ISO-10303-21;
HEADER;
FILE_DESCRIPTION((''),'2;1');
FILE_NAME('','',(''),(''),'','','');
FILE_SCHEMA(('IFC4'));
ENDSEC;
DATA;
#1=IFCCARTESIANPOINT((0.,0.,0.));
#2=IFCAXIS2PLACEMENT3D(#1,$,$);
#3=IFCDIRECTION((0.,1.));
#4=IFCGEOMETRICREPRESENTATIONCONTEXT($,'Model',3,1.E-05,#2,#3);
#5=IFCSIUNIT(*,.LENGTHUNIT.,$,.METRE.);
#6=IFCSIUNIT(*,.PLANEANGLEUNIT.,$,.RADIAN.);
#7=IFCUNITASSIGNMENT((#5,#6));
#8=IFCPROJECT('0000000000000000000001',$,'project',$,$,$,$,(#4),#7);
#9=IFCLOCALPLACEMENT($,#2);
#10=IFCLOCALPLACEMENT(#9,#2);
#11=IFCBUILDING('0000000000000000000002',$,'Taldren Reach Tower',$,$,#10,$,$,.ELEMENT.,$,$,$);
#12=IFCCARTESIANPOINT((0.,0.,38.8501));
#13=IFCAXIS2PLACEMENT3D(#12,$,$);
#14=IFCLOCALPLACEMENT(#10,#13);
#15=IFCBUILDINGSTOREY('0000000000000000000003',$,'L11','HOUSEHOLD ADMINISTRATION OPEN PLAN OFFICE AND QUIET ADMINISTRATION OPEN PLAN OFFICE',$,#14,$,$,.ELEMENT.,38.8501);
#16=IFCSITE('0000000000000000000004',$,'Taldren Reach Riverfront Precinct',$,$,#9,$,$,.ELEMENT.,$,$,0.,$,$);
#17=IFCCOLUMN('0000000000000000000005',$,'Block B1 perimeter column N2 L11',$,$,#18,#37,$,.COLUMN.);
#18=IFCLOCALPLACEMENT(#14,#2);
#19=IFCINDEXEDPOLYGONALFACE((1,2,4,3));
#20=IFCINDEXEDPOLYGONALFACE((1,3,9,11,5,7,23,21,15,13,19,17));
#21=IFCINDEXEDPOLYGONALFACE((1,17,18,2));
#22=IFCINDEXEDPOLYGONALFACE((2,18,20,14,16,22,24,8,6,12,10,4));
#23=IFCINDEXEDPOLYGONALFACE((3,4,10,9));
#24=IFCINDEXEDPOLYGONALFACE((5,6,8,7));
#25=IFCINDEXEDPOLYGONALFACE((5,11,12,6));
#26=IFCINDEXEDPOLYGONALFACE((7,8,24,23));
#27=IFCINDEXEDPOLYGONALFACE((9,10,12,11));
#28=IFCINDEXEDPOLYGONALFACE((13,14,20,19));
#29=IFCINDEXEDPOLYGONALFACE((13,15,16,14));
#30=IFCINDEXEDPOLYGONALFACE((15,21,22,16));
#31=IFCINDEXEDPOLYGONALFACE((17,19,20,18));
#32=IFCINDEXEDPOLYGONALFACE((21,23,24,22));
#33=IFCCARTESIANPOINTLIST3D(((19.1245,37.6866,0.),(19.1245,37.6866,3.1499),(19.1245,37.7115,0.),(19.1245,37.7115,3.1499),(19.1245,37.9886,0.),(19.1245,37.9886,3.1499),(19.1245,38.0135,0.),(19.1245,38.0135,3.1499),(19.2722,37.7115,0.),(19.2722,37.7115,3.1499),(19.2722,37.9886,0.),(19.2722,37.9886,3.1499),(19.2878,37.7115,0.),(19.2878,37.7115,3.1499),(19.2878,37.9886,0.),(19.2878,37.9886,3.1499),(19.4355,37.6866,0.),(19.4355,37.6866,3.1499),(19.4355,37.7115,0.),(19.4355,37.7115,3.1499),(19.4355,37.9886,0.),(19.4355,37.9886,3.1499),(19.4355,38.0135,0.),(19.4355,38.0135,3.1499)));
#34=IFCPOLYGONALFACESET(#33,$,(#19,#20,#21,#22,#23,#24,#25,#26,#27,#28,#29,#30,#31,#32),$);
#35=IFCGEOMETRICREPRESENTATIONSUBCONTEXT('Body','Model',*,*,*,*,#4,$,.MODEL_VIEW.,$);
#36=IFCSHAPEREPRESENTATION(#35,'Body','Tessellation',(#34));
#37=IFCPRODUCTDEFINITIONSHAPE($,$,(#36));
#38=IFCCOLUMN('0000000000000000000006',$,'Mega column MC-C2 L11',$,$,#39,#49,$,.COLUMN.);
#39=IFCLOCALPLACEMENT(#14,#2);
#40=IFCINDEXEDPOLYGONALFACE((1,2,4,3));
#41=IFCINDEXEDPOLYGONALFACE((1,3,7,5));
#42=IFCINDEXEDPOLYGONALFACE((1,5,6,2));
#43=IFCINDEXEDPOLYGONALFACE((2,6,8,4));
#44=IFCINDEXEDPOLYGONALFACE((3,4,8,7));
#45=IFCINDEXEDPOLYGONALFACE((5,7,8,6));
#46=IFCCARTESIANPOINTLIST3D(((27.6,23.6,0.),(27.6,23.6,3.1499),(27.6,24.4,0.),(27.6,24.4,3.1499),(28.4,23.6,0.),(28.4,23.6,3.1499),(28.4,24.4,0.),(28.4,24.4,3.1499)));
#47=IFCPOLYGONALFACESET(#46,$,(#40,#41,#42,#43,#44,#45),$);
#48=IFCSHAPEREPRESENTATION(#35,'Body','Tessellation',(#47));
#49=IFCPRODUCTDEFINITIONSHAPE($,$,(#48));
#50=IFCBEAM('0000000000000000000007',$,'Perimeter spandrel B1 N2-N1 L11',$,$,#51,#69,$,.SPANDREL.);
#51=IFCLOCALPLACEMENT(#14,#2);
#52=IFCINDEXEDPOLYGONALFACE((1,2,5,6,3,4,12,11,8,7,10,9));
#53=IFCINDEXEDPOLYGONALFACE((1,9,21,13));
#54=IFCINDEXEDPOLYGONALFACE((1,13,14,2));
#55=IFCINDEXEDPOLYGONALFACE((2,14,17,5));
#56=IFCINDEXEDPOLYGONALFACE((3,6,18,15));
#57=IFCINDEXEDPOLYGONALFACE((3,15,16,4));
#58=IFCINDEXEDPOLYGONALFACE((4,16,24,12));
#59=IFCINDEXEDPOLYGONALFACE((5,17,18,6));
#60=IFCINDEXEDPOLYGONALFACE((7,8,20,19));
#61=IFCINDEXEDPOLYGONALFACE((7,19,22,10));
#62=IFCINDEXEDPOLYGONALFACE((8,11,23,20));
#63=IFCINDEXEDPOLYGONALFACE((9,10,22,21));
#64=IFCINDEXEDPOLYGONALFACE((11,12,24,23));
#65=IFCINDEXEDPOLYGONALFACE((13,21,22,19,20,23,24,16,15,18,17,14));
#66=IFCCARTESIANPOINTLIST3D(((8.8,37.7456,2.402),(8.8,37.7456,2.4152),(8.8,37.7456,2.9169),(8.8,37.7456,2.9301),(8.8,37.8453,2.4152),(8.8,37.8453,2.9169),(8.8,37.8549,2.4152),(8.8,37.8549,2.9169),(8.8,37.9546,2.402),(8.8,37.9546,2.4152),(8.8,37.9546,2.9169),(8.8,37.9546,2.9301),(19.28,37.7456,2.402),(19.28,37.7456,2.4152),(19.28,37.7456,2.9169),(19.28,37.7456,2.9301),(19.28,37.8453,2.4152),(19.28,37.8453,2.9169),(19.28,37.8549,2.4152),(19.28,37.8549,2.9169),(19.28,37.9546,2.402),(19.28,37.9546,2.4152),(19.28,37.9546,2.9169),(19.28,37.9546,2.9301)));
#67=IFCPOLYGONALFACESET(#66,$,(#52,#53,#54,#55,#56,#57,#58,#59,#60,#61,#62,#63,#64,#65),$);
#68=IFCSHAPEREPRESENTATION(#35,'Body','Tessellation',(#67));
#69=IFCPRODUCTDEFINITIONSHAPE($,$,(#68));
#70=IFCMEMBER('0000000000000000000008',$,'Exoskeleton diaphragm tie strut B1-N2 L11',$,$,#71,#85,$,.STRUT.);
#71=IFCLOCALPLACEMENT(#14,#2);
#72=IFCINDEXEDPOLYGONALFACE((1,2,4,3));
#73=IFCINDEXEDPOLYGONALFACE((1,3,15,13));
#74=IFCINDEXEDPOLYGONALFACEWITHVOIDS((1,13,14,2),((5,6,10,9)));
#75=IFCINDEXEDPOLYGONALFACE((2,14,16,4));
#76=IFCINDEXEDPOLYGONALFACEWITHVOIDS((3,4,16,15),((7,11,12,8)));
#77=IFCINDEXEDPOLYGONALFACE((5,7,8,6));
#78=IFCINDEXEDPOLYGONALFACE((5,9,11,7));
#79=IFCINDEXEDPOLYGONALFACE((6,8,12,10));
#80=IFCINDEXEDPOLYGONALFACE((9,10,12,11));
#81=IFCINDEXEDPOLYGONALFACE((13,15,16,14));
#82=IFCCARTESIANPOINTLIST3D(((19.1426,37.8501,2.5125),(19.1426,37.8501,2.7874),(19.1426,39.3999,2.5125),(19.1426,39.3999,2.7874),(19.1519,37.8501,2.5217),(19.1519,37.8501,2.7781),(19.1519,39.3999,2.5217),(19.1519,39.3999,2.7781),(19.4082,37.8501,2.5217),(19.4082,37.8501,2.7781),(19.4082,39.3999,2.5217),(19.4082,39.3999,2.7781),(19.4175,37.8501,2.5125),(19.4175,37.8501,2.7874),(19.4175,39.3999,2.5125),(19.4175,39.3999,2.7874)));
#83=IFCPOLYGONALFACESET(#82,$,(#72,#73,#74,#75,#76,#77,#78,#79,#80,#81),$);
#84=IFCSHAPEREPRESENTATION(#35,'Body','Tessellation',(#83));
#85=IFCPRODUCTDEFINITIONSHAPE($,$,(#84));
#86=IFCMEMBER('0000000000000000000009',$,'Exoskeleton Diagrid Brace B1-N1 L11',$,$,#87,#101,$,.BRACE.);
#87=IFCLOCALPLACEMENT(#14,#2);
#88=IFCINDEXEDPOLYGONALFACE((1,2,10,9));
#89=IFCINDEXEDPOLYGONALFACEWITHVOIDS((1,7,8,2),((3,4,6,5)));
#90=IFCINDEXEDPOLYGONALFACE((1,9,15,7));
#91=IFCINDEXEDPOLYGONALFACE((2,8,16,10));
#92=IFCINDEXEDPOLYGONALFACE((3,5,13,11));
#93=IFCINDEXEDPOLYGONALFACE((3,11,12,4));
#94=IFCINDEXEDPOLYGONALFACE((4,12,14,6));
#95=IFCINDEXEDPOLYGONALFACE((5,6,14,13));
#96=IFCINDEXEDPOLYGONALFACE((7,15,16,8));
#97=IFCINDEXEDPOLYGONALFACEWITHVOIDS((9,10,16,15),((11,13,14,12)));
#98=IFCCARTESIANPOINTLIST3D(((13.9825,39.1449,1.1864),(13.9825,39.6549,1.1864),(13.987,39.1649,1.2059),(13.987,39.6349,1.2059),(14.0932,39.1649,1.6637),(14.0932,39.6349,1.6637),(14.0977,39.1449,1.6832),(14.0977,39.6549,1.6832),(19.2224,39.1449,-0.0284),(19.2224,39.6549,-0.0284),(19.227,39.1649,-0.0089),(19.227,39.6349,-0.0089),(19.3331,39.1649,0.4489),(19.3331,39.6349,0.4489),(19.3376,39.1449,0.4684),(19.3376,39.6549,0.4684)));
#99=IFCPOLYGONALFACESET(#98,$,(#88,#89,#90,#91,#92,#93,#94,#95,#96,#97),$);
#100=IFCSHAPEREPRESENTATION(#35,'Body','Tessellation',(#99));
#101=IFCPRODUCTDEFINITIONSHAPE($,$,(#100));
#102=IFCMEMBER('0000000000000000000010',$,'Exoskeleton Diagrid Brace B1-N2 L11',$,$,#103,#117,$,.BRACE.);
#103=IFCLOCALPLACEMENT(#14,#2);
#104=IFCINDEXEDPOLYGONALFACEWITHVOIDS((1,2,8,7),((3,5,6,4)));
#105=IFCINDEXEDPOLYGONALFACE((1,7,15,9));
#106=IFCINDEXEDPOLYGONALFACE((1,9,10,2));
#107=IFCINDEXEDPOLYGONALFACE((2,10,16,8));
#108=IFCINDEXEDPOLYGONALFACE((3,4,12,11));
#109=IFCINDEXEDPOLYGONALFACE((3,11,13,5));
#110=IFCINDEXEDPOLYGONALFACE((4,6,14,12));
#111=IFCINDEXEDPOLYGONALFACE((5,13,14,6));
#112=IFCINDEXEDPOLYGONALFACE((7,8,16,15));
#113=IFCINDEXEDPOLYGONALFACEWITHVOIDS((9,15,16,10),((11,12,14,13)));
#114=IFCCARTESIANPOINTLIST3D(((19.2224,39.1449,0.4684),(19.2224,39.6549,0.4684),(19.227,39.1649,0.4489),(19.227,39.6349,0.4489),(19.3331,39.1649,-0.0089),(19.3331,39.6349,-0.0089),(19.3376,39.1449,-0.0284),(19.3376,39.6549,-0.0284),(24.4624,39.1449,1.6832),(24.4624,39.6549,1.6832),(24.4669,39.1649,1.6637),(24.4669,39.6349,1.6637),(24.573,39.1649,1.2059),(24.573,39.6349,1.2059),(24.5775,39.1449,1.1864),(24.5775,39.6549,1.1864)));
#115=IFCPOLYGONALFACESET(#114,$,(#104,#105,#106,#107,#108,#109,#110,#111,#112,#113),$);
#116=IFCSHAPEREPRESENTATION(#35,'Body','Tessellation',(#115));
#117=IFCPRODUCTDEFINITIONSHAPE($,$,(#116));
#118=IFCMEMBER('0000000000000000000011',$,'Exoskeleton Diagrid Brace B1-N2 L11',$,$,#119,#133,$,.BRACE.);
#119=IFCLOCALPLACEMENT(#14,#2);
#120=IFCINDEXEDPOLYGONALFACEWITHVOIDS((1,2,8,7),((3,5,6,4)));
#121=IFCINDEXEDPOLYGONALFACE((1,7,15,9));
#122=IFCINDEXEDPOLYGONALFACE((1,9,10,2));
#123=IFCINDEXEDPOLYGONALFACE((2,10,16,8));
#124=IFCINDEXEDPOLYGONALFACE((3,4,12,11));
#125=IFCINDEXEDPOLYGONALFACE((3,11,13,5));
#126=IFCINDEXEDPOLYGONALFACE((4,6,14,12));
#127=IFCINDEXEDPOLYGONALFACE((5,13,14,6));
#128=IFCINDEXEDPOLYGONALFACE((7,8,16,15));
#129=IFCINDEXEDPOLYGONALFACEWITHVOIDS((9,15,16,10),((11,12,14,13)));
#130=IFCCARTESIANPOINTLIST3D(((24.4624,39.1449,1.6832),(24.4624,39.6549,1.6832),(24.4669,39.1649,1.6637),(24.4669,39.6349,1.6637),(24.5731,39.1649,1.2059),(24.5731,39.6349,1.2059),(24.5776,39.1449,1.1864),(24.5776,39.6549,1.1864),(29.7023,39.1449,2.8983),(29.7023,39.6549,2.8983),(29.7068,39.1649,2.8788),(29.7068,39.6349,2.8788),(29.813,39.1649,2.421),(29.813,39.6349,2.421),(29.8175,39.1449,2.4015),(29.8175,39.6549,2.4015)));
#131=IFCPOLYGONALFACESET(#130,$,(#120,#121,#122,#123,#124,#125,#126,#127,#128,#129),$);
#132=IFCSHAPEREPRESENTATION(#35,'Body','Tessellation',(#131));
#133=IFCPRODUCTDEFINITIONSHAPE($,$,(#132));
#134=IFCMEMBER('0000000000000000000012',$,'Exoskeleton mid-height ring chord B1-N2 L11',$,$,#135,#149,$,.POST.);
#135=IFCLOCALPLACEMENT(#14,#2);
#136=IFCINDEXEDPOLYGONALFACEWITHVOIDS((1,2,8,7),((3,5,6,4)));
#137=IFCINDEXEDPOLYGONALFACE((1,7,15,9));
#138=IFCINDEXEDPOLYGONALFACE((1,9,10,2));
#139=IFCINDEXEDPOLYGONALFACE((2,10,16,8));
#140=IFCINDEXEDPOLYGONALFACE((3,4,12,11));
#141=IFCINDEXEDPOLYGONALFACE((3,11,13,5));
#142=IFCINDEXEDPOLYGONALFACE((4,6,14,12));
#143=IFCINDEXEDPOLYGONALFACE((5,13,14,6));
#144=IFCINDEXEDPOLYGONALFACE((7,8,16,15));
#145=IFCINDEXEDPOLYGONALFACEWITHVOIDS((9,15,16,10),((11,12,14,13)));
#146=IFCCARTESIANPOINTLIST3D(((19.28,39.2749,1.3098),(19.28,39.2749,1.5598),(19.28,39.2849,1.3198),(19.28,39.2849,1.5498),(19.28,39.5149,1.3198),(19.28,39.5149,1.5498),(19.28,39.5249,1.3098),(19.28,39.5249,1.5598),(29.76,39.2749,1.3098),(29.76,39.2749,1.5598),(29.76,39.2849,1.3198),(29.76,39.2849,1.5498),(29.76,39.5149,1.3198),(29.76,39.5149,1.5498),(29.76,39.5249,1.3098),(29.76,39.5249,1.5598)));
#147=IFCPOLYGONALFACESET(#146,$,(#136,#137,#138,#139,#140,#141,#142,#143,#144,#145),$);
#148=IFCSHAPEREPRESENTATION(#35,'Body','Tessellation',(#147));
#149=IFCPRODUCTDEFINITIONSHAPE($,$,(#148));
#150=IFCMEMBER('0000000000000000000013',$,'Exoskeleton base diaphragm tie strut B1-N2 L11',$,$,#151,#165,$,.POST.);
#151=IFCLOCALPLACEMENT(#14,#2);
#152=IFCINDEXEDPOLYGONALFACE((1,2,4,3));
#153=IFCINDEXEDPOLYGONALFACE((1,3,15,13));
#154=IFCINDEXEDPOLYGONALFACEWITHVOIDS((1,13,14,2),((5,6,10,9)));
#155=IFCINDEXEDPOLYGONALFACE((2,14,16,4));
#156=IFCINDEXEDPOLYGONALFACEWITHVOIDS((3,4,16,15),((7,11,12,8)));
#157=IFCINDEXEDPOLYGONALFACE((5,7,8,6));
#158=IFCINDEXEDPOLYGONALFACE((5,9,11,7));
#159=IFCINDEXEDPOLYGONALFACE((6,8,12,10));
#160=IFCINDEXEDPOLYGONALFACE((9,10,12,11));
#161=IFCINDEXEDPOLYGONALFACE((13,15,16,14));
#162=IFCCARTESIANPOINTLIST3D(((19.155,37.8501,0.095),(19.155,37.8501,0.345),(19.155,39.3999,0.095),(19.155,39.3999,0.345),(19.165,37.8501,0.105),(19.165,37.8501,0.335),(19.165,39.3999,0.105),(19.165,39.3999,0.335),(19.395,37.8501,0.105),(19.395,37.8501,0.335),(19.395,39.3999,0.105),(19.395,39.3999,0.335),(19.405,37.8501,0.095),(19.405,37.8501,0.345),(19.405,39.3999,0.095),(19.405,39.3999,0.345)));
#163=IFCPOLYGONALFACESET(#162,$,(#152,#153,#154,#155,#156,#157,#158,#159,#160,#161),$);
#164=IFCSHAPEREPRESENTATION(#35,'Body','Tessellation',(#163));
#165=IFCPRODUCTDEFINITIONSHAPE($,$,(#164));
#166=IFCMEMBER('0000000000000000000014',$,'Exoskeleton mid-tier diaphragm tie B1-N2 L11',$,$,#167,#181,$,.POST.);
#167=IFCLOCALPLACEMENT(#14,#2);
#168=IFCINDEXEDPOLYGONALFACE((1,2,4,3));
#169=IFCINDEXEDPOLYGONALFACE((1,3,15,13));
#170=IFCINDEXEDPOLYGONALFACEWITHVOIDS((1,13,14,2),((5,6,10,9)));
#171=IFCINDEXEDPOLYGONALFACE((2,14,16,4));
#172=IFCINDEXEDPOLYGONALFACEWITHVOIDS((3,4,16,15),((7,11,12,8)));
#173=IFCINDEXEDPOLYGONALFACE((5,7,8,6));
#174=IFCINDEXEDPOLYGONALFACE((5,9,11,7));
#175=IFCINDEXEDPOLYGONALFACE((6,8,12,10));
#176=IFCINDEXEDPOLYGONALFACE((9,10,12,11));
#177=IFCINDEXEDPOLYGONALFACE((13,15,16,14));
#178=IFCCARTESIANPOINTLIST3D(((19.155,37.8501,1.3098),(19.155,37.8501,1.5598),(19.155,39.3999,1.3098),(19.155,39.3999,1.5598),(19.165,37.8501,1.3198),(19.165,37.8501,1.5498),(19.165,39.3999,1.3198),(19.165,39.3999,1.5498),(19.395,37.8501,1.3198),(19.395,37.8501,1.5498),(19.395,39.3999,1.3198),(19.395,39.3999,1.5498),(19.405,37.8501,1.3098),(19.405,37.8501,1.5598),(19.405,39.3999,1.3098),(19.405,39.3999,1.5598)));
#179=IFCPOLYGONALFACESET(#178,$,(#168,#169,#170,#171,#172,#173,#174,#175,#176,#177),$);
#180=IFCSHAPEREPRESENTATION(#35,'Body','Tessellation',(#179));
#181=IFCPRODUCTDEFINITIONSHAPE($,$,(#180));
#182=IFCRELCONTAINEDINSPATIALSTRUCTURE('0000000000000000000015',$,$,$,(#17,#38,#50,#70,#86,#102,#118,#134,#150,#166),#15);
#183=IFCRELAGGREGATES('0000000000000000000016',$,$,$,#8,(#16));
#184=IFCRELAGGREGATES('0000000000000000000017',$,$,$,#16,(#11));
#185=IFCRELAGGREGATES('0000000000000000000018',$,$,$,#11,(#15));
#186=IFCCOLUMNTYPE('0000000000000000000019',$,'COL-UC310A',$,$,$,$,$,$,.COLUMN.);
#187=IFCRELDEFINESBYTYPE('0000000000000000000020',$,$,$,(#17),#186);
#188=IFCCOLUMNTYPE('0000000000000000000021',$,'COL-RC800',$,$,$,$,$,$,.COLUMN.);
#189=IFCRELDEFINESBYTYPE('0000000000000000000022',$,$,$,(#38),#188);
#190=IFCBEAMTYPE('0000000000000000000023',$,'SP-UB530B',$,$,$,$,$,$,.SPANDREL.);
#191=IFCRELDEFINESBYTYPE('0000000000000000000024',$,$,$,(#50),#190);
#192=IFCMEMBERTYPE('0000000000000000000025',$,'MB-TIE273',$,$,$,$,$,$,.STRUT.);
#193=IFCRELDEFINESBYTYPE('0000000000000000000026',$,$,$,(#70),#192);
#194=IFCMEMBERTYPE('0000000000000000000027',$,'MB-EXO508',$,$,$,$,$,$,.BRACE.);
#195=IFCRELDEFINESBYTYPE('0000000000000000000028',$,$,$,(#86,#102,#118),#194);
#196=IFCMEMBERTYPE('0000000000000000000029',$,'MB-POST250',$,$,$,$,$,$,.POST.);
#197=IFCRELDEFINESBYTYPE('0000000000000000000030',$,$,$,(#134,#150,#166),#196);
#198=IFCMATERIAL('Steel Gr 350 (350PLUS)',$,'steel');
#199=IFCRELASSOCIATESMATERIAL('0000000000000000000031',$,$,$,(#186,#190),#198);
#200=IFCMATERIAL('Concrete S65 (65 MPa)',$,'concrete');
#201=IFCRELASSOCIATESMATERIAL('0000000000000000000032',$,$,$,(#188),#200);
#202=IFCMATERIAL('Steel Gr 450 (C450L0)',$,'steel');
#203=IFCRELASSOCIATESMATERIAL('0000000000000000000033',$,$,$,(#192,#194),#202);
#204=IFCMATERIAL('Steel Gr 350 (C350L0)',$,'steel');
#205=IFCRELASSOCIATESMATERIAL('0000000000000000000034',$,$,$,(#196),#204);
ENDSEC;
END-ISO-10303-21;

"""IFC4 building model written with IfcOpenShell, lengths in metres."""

from ifc_helpers import new_model, si_unit, direction, frame, origin, origin_2d, place, context, subcontext, project, spatial, rectangle, hollow_rectangle, i_section, extrude, source, transform, mapped, material, material_profile, profile_set, type_object, element, save


model = new_model("IFC4")

# Units and contexts
model_context = context("Model", 3, precision=1e-05, world=origin(), true_north=direction((0.0, 1.0)))
body_context = subcontext(model_context, "Body", "Model", "MODEL_VIEW")
ifc_project = project(units=[si_unit("LENGTHUNIT", "METRE"), si_unit("PLANEANGLEUNIT", "RADIAN")], contexts=[model_context])

# Site, building, storey
site_placement = place(None, origin())
site = spatial("IfcSite", under=ifc_project, at=site_placement, Name="Taldren Reach Riverfront Precinct", CompositionType="ELEMENT", RefElevation=0.0)
building_placement = place(site_placement, origin())
building = spatial("IfcBuilding", under=site, at=building_placement, Name="Taldren Reach Tower", CompositionType="ELEMENT")
storey_placement = place(building_placement, frame((0.0, 0.0, 38.8501)))
storey = spatial("IfcBuildingStorey", under=building, at=storey_placement, Name="L11", Description="HOUSEHOLD ADMINISTRATION OPEN PLAN OFFICE AND QUIET ADMINISTRATION OPEN PLAN OFFICE", CompositionType="ELEMENT", Elevation=38.8501)

# Columns
ifc_material_1 = material(Name="Steel Gr 350 (350PLUS)", Category="steel")
ifc_material_profile_1 = material_profile(ifc_material_1, i_section(OverallWidth=0.311, OverallDepth=0.3269, WebThickness=0.0156, FlangeThickness=0.0249, at=origin_2d()), Name="310UC158")
ifc_profile_set_1 = profile_set([ifc_material_profile_1], Name="Steel Gr 350 (350PLUS)")
column_type_1 = type_object("IfcColumnType", Name="COL-UC310A", PredefinedType="COLUMN", material=ifc_profile_set_1)
shared_shape_1 = source(origin(), body_context, "Body", "SweptSolid", [
    extrude(i_section(OverallWidth=0.311, OverallDepth=0.3269, WebThickness=0.0156, FlangeThickness=0.0249, at=origin_2d()), origin(), (0.0, 0.0, 1.0), 3.1499),
])
column_1_placement = place(storey_placement, frame((19.28, 37.8501, 0.0), z_axis=(0.0, 0.0, 1.0), x_axis=(1.0, 0.0, 0.0)))
element("IfcColumn", 1, at=column_1_placement, inside=storey, type_object=column_type_1, Name="Block B1 perimeter column N2 L11", PredefinedType="COLUMN", context=body_context, shape_type="MappedRepresentation", body=[
    mapped(shared_shape_1, transform((0.0, 0.0, 0.0), scale=1.0)),
])
ifc_material_2 = material(Name="Concrete S65 (65 MPa)", Category="concrete")
ifc_material_profile_2 = material_profile(ifc_material_2, rectangle(XDim=0.8, YDim=0.8, at=origin_2d()), Name="RC-800x800")
ifc_profile_set_2 = profile_set([ifc_material_profile_2], Name="Concrete S65 (65 MPa)")
column_type_2 = type_object("IfcColumnType", Name="COL-RC800", PredefinedType="COLUMN", material=ifc_profile_set_2)
shared_shape_2 = source(origin(), body_context, "Body", "SweptSolid", [
    extrude(rectangle(XDim=0.8, YDim=0.8, at=origin_2d()), origin(), (0.0, 0.0, 1.0), 3.1499),
])
column_2_placement = place(storey_placement, frame((28.0, 24.0, 0.0), z_axis=(0.0, 0.0, 1.0), x_axis=(1.0, 0.0, 0.0)))
element("IfcColumn", 2, at=column_2_placement, inside=storey, type_object=column_type_2, Name="Mega column MC-C2 L11", PredefinedType="COLUMN", context=body_context, shape_type="MappedRepresentation", body=[
    mapped(shared_shape_2, transform((0.0, 0.0, 0.0), scale=1.0)),
])

# Beam
ifc_material_profile_3 = material_profile(ifc_material_1, i_section(OverallWidth=0.209, OverallDepth=0.5281, WebThickness=0.0095, FlangeThickness=0.0132, at=origin_2d()), Name="530UB82.0")
ifc_profile_set_3 = profile_set([ifc_material_profile_3], Name="Steel Gr 350 (350PLUS)")
beam_type = type_object("IfcBeamType", Name="SP-UB530B", PredefinedType="SPANDREL", material=ifc_profile_set_3)
shared_shape_3 = source(origin(), body_context, "Body", "SweptSolid", [
    extrude(i_section(OverallWidth=0.209, OverallDepth=0.5281, WebThickness=0.0095, FlangeThickness=0.0132, at=origin_2d()), origin(), (0.0, 0.0, 1.0), 10.48),
])
beam_placement = place(storey_placement, frame((19.28, 37.8501, 2.666), z_axis=(-1.0, 0.0, 0.0), x_axis=(0.0, -1.0, 0.0)))
element("IfcBeam", 3, at=beam_placement, inside=storey, type_object=beam_type, Name="Perimeter spandrel B1 N2-N1 L11", PredefinedType="SPANDREL", context=body_context, shape_type="MappedRepresentation", body=[
    mapped(shared_shape_3, transform((0.0, 0.0, 0.0), scale=1.0)),
])

# Members
ifc_material_3 = material(Name="Steel Gr 450 (C450L0)", Category="steel")
ifc_material_profile_4 = material_profile(ifc_material_3, hollow_rectangle(XDim=0.2749, YDim=0.2749, WallThickness=0.0093, at=origin_2d()), Name="275x275x9.3SHS")
ifc_profile_set_4 = profile_set([ifc_material_profile_4], Name="Steel Gr 450 (C450L0)")
member_type_1 = type_object("IfcMemberType", Name="MB-TIE273", PredefinedType="STRUT", material=ifc_profile_set_4)
shared_shape_4 = source(origin(), body_context, "Body", "SweptSolid", [
    extrude(hollow_rectangle(XDim=0.2749, YDim=0.2749, WallThickness=0.0093, at=origin_2d()), origin(), (0.0, 0.0, 1.0), 1.5498),
])
member_1_placement = place(storey_placement, frame((19.28, 37.8501, 2.6499), z_axis=(0.0, 1.0, 0.0), x_axis=(-1.0, 0.0, 0.0)))
element("IfcMember", 4, at=member_1_placement, inside=storey, type_object=member_type_1, Name="Exoskeleton diaphragm tie strut B1-N2 L11", PredefinedType="STRUT", context=body_context, shape_type="MappedRepresentation", body=[
    mapped(shared_shape_4, transform((0.0, 0.0, 0.0), scale=1.0)),
])
ifc_material_profile_5 = material_profile(ifc_material_3, hollow_rectangle(XDim=0.51, YDim=0.51, WallThickness=0.02, at=origin_2d()), Name="510x510x20.0SHS")
ifc_profile_set_5 = profile_set([ifc_material_profile_5], Name="Steel Gr 450 (C450L0)")
member_type_2 = type_object("IfcMemberType", Name="MB-EXO508", PredefinedType="BRACE", material=ifc_profile_set_5)
shared_shape_5 = source(origin(), body_context, "Body", "SweptSolid", [
    extrude(hollow_rectangle(XDim=0.51, YDim=0.51, WallThickness=0.02, at=origin_2d()), origin(), (0.0, 0.0, 1.0), 5.3789),
])
for number, where, z_axis, x_axis, name in (
    (5, (19.28, 39.3999, 0.22), (-0.974162, 0.0, 0.225851), (0.0, -1.0, 0.0), "Exoskeleton Diagrid Brace B1-N1 L11"),
    (6, (19.28, 39.3999, 0.22), (0.974162, 0.0, 0.225851), (0.0, 1.0, 0.0), "Exoskeleton Diagrid Brace B1-N2 L11"),
    (7, (24.52, 39.3999, 1.4348), (0.974152, 0.0, 0.225894), (0.0, 1.0, 0.0), "Exoskeleton Diagrid Brace B1-N2 L11"),
):
    element("IfcMember", number, at=place(storey_placement, frame(where, z_axis=z_axis, x_axis=x_axis)), inside=storey, type_object=member_type_2, Name=name, PredefinedType="BRACE", context=body_context, shape_type="MappedRepresentation", body=[
        mapped(shared_shape_5, transform((0.0, 0.0, 0.0), scale=1.0)),
    ])
ifc_material_4 = material(Name="Steel Gr 350 (C350L0)", Category="steel")
ifc_material_profile_6 = material_profile(ifc_material_4, hollow_rectangle(XDim=0.25, YDim=0.25, WallThickness=0.01, at=origin_2d()), Name="250x250x10.0SHS")
ifc_profile_set_6 = profile_set([ifc_material_profile_6], Name="Steel Gr 350 (C350L0)")
member_type_3 = type_object("IfcMemberType", Name="MB-POST250", PredefinedType="POST", material=ifc_profile_set_6)
shared_shape_6 = source(origin(), body_context, "Body", "SweptSolid", [
    extrude(hollow_rectangle(XDim=0.25, YDim=0.25, WallThickness=0.01, at=origin_2d()), origin(), (0.0, 0.0, 1.0), 10.48),
])
member_2_placement = place(storey_placement, frame((19.28, 39.3999, 1.4348), z_axis=(1.0, 0.0, 0.0), x_axis=(0.0, 1.0, 0.0)))
element("IfcMember", 8, at=member_2_placement, inside=storey, type_object=member_type_3, Name="Exoskeleton mid-height ring chord B1-N2 L11", PredefinedType="POST", context=body_context, shape_type="MappedRepresentation", body=[
    mapped(shared_shape_6, transform((0.0, 0.0, 0.0), scale=1.0)),
])
shared_shape_7 = source(origin(), body_context, "Body", "SweptSolid", [
    extrude(hollow_rectangle(XDim=0.25, YDim=0.25, WallThickness=0.01, at=origin_2d()), origin(), (0.0, 0.0, 1.0), 1.5498),
])
for number, where, z_axis, x_axis, name in (
    (9, (19.28, 37.8501, 0.22), (0.0, 1.0, 0.0), (-1.0, 0.0, 0.0), "Exoskeleton base diaphragm tie strut B1-N2 L11"),
    (10, (19.28, 37.8501, 1.4348), (0.0, 1.0, 0.0), (-1.0, 0.0, 0.0), "Exoskeleton mid-tier diaphragm tie B1-N2 L11"),
):
    element("IfcMember", number, at=place(storey_placement, frame(where, z_axis=z_axis, x_axis=x_axis)), inside=storey, type_object=member_type_3, Name=name, PredefinedType="POST", context=body_context, shape_type="MappedRepresentation", body=[
        mapped(shared_shape_7, transform((0.0, 0.0, 0.0), scale=1.0)),
    ])

save(model, "model.ifc")
